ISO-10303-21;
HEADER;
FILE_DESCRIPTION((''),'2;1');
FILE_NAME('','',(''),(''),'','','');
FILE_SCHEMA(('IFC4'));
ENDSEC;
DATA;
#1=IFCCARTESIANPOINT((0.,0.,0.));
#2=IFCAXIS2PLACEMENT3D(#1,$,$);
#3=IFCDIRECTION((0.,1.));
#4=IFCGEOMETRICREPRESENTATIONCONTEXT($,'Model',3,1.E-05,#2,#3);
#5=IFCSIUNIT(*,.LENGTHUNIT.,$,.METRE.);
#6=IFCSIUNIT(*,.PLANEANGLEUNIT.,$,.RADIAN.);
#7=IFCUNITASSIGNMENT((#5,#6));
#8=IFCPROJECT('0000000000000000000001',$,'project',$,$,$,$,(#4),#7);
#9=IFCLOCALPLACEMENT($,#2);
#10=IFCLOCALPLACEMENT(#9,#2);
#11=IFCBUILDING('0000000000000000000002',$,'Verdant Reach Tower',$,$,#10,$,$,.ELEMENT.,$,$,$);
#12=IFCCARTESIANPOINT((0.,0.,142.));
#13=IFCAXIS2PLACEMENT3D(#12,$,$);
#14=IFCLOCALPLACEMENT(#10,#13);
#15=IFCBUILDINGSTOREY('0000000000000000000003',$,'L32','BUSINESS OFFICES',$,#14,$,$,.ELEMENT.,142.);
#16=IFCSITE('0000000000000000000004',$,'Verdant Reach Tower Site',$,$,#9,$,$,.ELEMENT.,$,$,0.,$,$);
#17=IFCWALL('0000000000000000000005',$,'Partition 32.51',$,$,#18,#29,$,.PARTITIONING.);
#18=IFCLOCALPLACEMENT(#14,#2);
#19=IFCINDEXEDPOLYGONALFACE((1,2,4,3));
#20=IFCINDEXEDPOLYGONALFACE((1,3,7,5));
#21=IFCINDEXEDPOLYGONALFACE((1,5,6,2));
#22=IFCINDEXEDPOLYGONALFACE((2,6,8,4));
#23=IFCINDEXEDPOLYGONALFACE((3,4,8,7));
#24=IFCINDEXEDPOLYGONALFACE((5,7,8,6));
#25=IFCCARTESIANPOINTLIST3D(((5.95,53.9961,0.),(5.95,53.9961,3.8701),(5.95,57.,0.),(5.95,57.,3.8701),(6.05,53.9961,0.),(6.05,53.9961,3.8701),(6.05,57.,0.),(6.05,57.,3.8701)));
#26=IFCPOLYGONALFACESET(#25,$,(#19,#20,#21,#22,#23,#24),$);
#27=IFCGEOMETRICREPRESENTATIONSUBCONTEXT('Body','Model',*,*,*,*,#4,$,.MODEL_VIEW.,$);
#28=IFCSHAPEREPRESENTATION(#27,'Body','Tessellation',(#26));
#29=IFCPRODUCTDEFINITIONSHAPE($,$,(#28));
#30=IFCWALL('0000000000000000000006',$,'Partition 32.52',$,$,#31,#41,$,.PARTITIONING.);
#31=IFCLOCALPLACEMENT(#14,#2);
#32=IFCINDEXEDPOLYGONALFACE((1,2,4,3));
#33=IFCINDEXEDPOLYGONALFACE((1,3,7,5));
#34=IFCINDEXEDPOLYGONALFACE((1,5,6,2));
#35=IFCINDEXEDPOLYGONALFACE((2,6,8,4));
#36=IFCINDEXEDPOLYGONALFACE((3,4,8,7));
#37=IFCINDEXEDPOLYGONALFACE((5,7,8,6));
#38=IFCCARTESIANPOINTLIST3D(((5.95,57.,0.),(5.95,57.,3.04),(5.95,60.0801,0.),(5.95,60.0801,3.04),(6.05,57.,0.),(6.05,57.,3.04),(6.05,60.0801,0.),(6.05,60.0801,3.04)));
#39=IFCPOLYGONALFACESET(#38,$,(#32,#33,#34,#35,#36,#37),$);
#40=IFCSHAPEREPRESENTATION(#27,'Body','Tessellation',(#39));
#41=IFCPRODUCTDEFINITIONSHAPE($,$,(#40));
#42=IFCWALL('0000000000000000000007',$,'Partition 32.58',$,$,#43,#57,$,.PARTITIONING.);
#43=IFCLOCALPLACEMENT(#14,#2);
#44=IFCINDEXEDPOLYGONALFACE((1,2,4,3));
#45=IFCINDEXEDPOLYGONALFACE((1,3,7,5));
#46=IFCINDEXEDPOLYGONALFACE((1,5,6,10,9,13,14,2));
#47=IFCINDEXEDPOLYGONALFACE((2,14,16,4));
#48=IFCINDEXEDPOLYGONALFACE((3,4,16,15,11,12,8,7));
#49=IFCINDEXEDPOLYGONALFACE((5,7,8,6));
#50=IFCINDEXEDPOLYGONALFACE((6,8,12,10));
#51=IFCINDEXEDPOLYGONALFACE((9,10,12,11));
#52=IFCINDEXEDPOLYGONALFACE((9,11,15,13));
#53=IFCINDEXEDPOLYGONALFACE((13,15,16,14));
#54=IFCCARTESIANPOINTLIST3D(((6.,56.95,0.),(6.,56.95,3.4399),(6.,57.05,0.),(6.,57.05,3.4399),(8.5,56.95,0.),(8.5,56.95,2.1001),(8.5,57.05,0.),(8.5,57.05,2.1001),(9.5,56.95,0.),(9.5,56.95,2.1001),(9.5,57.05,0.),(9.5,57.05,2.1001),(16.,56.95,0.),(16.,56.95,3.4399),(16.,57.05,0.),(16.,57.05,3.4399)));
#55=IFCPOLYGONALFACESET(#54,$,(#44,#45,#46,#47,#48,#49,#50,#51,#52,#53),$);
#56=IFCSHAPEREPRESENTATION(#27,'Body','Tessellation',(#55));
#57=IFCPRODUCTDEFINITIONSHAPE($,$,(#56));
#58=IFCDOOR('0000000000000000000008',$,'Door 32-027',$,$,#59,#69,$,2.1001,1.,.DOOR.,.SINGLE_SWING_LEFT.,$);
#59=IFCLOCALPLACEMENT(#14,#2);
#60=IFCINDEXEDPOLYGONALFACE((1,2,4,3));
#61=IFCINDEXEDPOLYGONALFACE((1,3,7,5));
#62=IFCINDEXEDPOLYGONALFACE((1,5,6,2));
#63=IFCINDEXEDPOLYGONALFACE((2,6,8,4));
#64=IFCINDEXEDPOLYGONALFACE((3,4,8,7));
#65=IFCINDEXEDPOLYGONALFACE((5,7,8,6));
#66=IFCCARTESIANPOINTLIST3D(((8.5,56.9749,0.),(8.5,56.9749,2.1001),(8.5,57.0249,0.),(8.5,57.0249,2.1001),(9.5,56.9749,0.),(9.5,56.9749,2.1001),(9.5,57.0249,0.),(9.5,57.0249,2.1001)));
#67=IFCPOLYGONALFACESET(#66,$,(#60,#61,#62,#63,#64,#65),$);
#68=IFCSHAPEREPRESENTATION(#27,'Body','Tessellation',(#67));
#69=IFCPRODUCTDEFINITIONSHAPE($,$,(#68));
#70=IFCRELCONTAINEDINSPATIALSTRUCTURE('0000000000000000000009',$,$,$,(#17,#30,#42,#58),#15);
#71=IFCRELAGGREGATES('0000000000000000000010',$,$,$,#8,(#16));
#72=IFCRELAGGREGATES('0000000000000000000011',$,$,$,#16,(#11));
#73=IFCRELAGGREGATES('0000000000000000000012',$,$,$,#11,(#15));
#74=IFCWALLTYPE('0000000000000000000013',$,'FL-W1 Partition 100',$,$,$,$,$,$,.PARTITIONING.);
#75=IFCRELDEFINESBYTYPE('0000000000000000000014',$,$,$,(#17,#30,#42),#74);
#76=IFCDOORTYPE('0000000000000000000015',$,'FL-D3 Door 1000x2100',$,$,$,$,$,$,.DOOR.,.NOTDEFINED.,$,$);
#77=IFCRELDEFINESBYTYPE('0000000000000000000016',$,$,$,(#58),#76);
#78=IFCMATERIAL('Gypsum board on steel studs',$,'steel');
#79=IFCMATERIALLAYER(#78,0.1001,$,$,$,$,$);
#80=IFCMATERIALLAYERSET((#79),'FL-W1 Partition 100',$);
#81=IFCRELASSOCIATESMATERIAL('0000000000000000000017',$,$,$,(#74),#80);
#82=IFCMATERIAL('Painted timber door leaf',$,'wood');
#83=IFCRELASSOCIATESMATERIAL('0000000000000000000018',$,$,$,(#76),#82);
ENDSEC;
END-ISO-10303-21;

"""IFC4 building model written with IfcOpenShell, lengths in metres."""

from ifc_helpers import new_model, si_unit, direction, frame, frame_2d, origin, place, context, subcontext, project, spatial, rectangle, extrude, material, layer, layer_set, type_object, element, fill, save


model = new_model("IFC4")

# Units and contexts
model_context = context("Model", 3, precision=1e-05, world=origin(), true_north=direction((0.0, 1.0)))
body_context = subcontext(model_context, "Body", "Model", "MODEL_VIEW")
ifc_project = project(units=[si_unit("LENGTHUNIT", "METRE"), si_unit("PLANEANGLEUNIT", "RADIAN")], contexts=[model_context])

# Site, building, storey
site_placement = place(None, origin())
site = spatial("IfcSite", under=ifc_project, at=site_placement, Name="Verdant Reach Tower Site", CompositionType="ELEMENT", RefElevation=0.0)
building_placement = place(site_placement, origin())
building = spatial("IfcBuilding", under=site, at=building_placement, Name="Verdant Reach Tower", CompositionType="ELEMENT")
storey_placement = place(building_placement, frame((0.0, 0.0, 142.0)))
storey = spatial("IfcBuildingStorey", under=building, at=storey_placement, Name="L32", Description="BUSINESS OFFICES", CompositionType="ELEMENT", Elevation=142.0)

# Walls
ifc_material_1 = material(Name="Gypsum board on steel studs", Category="steel")
ifc_layer_1 = layer(ifc_material_1, 0.1001)
ifc_layer_set_1 = layer_set([ifc_layer_1], Name="FL-W1 Partition 100")
wall_type = type_object("IfcWallType", Name="FL-W1 Partition 100", PredefinedType="PARTITIONING", material=ifc_layer_set_1)
wall_1_placement = place(storey_placement, frame((6.0, 53.9961, 0.0), z_axis=(0.0, 0.0, 1.0), x_axis=(0.0, 1.0, 0.0)))
element("IfcWall", 1, at=wall_1_placement, inside=storey, type_object=wall_type, Name="Partition 32.51", PredefinedType="PARTITIONING", context=body_context, shape_type="SweptSolid", body=[
    extrude(rectangle(XDim=3.0039, YDim=0.1001, at=frame_2d((1.502, 0.0))), origin(), (0.0, 0.0, 1.0), 3.8701),
])
wall_2_placement = place(storey_placement, frame((6.0, 57.0, 0.0), z_axis=(0.0, 0.0, 1.0), x_axis=(0.0, 1.0, 0.0)))
element("IfcWall", 2, at=wall_2_placement, inside=storey, type_object=wall_type, Name="Partition 32.52", PredefinedType="PARTITIONING", context=body_context, shape_type="SweptSolid", body=[
    extrude(rectangle(XDim=3.0801, YDim=0.1001, at=frame_2d((1.54, 0.0))), origin(), (0.0, 0.0, 1.0), 3.04),
])

# Wall, opening, door
wall_3_placement = place(storey_placement, frame((6.0, 57.0, 0.0), z_axis=(0.0, 0.0, 1.0), x_axis=(1.0, 0.0, 0.0)))
wall_3 = element("IfcWall", 3, at=wall_3_placement, inside=storey, type_object=wall_type, Name="Partition 32.58", PredefinedType="PARTITIONING", context=body_context, shape_type="SweptSolid", body=[
    extrude(rectangle(XDim=10.0, YDim=0.1001, at=frame_2d((5.0, 0.0))), origin(), (0.0, 0.0, 1.0), 3.4399),
])
opening_placement = place(wall_3_placement, frame((2.5, 0.0, 0.0)))
opening = element("IfcOpeningElement", 4, at=opening_placement, cuts=wall_3, PredefinedType="OPENING", context=body_context, shape_type="SweptSolid", body=[
    extrude(rectangle(XDim=1.0, YDim=2.1001, at=frame_2d((0.5, 1.05))), frame((0.0, 0.0601, 0.0), z_axis=(0.0, -1.0, 0.0), x_axis=(1.0, 0.0, 0.0)), (0.0, 0.0, 1.0), 0.1201),
])
ifc_material_2 = material(Name="Painted timber door leaf", Category="wood")
door_type = type_object("IfcDoorType", Name="FL-D3 Door 1000x2100", OperationType="NOTDEFINED", PredefinedType="DOOR", material=ifc_material_2)
door_placement = place(opening_placement, origin())
door = element("IfcDoor", 5, at=door_placement, inside=storey, type_object=door_type, Name="Door 32-027", OperationType="SINGLE_SWING_LEFT", OverallHeight=2.1001, OverallWidth=1.0, PredefinedType="DOOR", context=body_context, shape_type="SweptSolid", body=[
    extrude(rectangle(XDim=1.0, YDim=2.1001, at=frame_2d((0.5, 1.05))), frame((0.0, 0.0249, 0.0), z_axis=(0.0, -1.0, 0.0), x_axis=(1.0, 0.0, 0.0)), (0.0, 0.0, 1.0), 0.05),
])
fill(opening, door)

save(model, "model.ifc")
